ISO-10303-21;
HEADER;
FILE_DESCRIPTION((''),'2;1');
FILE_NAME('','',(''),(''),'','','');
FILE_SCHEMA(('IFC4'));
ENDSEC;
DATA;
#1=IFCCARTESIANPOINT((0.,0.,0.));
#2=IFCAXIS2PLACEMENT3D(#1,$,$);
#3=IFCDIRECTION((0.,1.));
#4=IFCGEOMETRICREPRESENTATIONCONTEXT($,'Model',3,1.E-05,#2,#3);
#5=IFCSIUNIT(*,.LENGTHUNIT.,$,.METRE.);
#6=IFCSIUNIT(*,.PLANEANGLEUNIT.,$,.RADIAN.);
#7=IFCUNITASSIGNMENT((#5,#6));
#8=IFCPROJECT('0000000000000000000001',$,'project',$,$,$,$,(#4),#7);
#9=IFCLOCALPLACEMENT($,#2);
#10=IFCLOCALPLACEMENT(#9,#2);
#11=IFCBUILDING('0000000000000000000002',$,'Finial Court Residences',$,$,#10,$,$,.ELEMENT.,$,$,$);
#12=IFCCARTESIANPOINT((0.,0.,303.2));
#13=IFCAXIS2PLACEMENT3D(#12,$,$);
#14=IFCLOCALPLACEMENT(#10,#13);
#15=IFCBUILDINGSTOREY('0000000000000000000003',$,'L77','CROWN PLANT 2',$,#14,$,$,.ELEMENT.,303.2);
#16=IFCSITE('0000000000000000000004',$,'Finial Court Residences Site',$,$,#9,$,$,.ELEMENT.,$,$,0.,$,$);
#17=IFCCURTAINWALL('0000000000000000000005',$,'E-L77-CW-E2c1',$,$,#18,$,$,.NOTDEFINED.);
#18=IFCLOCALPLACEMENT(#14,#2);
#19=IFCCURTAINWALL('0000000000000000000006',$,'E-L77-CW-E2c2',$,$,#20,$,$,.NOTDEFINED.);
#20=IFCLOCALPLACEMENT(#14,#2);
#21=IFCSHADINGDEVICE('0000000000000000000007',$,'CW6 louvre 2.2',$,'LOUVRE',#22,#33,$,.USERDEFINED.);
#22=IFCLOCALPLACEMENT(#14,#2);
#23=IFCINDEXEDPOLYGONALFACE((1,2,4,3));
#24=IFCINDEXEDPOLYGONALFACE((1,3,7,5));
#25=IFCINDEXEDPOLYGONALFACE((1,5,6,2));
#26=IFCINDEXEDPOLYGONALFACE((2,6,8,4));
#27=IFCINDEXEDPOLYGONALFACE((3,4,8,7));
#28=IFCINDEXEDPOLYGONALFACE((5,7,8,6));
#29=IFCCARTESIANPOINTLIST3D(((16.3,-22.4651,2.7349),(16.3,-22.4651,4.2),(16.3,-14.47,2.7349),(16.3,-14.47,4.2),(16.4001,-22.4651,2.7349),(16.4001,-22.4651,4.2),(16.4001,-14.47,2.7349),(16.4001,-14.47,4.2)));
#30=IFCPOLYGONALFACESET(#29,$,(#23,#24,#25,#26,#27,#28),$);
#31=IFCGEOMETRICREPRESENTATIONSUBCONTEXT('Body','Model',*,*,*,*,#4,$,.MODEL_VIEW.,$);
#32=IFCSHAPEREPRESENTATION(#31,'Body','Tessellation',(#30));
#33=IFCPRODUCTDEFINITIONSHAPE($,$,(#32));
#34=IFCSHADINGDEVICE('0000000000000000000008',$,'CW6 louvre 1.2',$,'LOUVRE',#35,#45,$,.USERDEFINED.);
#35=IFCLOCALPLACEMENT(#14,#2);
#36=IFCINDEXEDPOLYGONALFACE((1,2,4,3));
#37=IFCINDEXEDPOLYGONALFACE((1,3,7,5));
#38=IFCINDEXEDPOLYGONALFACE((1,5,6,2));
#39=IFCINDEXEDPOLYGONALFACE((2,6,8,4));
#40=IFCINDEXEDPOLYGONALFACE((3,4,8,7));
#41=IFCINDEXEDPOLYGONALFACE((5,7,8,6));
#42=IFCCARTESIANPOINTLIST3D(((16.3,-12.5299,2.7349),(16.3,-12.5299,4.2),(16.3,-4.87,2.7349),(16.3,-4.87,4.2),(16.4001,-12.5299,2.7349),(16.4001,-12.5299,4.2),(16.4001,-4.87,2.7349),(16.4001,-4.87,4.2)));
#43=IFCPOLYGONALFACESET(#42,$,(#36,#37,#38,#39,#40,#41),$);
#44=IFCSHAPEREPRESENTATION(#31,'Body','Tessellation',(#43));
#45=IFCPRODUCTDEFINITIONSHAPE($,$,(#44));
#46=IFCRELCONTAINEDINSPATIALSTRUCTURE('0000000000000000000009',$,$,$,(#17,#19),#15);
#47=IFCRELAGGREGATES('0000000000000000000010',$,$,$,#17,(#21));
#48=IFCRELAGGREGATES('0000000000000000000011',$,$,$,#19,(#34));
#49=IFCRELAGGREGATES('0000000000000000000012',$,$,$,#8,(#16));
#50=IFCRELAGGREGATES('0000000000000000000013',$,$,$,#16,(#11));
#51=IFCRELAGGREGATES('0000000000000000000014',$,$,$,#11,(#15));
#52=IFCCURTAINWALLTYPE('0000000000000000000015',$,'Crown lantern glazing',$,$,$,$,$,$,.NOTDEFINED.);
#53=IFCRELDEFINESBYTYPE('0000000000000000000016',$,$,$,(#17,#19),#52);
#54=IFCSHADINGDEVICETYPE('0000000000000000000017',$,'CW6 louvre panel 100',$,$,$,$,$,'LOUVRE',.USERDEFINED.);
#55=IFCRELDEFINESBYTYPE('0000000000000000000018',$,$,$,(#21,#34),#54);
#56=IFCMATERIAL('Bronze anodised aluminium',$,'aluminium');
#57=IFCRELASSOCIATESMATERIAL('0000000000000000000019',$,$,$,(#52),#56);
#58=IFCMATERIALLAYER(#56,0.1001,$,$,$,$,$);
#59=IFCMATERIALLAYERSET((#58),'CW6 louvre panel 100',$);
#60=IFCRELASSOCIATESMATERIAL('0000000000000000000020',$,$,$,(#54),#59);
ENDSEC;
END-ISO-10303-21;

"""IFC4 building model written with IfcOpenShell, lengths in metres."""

from ifc_helpers import new_model, si_unit, direction, frame, origin, origin_2d, place, context, subcontext, project, spatial, rectangle, extrude, material, layer, layer_set, type_object, element, aggregate, save


model = new_model("IFC4")

# Units and contexts
model_context = context("Model", 3, precision=1e-05, world=origin(), true_north=direction((0.0, 1.0)))
body_context = subcontext(model_context, "Body", "Model", "MODEL_VIEW")
ifc_project = project(units=[si_unit("LENGTHUNIT", "METRE"), si_unit("PLANEANGLEUNIT", "RADIAN")], contexts=[model_context])

# Site, building, storey
site_placement = place(None, origin())
site = spatial("IfcSite", under=ifc_project, at=site_placement, Name="Finial Court Residences Site", CompositionType="ELEMENT", RefElevation=0.0)
building_placement = place(site_placement, origin())
building = spatial("IfcBuilding", under=site, at=building_placement, Name="Finial Court Residences", CompositionType="ELEMENT")
storey_placement = place(building_placement, frame((0.0, 0.0, 303.2)))
storey = spatial("IfcBuildingStorey", under=building, at=storey_placement, Name="L77", Description="CROWN PLANT 2", CompositionType="ELEMENT", Elevation=303.2)

# Curtain wall
ifc_material_1 = material(Name="Bronze anodised aluminium", Category="aluminium")
curtain_wall_type = type_object("IfcCurtainWallType", Name="Crown lantern glazing", PredefinedType="NOTDEFINED", material=ifc_material_1)
curtain_wall_1_placement = place(storey_placement, origin())
curtain_wall_1 = element("IfcCurtainWall", 1, at=curtain_wall_1_placement, inside=storey, type_object=curtain_wall_type, Name="E-L77-CW-E2c1", PredefinedType="NOTDEFINED")

# Curtain wall
curtain_wall_2_placement = place(storey_placement, origin())
curtain_wall_2 = element("IfcCurtainWall", 2, at=curtain_wall_2_placement, inside=storey, type_object=curtain_wall_type, Name="E-L77-CW-E2c2", PredefinedType="NOTDEFINED")

# Shading devices
ifc_layer_1 = layer(ifc_material_1, 0.1001)
ifc_layer_set_1 = layer_set([ifc_layer_1], Name="CW6 louvre panel 100")
shading_device_type = type_object("IfcShadingDeviceType", Name="CW6 louvre panel 100", ElementType="LOUVRE", PredefinedType="USERDEFINED", material=ifc_layer_set_1)
shading_device_1_placement = place(storey_placement, frame((16.3501, -18.4675, 2.7349), z_axis=(0.0, 0.0, 1.0), x_axis=(0.0, 1.0, 0.0)))
shading_device_1 = element("IfcShadingDevice", 3, at=shading_device_1_placement, type_object=shading_device_type, Name="CW6 louvre 2.2", ObjectType="LOUVRE", PredefinedType="USERDEFINED", context=body_context, shape_type="SweptSolid", body=[
    extrude(rectangle(XDim=7.9951, YDim=0.1001, at=origin_2d()), origin(), (0.0, 0.0, 1.0), 1.4651),
])
aggregate(curtain_wall_1, [shading_device_1])
shading_device_2_placement = place(storey_placement, frame((16.3501, -8.7, 2.7349), z_axis=(0.0, 0.0, 1.0), x_axis=(0.0, 1.0, 0.0)))
shading_device_2 = element("IfcShadingDevice", 4, at=shading_device_2_placement, type_object=shading_device_type, Name="CW6 louvre 1.2", ObjectType="LOUVRE", PredefinedType="USERDEFINED", context=body_context, shape_type="SweptSolid", body=[
    extrude(rectangle(XDim=7.6599, YDim=0.1001, at=origin_2d()), origin(), (0.0, 0.0, 1.0), 1.4651),
])
aggregate(curtain_wall_2, [shading_device_2])

save(model, "model.ifc")
